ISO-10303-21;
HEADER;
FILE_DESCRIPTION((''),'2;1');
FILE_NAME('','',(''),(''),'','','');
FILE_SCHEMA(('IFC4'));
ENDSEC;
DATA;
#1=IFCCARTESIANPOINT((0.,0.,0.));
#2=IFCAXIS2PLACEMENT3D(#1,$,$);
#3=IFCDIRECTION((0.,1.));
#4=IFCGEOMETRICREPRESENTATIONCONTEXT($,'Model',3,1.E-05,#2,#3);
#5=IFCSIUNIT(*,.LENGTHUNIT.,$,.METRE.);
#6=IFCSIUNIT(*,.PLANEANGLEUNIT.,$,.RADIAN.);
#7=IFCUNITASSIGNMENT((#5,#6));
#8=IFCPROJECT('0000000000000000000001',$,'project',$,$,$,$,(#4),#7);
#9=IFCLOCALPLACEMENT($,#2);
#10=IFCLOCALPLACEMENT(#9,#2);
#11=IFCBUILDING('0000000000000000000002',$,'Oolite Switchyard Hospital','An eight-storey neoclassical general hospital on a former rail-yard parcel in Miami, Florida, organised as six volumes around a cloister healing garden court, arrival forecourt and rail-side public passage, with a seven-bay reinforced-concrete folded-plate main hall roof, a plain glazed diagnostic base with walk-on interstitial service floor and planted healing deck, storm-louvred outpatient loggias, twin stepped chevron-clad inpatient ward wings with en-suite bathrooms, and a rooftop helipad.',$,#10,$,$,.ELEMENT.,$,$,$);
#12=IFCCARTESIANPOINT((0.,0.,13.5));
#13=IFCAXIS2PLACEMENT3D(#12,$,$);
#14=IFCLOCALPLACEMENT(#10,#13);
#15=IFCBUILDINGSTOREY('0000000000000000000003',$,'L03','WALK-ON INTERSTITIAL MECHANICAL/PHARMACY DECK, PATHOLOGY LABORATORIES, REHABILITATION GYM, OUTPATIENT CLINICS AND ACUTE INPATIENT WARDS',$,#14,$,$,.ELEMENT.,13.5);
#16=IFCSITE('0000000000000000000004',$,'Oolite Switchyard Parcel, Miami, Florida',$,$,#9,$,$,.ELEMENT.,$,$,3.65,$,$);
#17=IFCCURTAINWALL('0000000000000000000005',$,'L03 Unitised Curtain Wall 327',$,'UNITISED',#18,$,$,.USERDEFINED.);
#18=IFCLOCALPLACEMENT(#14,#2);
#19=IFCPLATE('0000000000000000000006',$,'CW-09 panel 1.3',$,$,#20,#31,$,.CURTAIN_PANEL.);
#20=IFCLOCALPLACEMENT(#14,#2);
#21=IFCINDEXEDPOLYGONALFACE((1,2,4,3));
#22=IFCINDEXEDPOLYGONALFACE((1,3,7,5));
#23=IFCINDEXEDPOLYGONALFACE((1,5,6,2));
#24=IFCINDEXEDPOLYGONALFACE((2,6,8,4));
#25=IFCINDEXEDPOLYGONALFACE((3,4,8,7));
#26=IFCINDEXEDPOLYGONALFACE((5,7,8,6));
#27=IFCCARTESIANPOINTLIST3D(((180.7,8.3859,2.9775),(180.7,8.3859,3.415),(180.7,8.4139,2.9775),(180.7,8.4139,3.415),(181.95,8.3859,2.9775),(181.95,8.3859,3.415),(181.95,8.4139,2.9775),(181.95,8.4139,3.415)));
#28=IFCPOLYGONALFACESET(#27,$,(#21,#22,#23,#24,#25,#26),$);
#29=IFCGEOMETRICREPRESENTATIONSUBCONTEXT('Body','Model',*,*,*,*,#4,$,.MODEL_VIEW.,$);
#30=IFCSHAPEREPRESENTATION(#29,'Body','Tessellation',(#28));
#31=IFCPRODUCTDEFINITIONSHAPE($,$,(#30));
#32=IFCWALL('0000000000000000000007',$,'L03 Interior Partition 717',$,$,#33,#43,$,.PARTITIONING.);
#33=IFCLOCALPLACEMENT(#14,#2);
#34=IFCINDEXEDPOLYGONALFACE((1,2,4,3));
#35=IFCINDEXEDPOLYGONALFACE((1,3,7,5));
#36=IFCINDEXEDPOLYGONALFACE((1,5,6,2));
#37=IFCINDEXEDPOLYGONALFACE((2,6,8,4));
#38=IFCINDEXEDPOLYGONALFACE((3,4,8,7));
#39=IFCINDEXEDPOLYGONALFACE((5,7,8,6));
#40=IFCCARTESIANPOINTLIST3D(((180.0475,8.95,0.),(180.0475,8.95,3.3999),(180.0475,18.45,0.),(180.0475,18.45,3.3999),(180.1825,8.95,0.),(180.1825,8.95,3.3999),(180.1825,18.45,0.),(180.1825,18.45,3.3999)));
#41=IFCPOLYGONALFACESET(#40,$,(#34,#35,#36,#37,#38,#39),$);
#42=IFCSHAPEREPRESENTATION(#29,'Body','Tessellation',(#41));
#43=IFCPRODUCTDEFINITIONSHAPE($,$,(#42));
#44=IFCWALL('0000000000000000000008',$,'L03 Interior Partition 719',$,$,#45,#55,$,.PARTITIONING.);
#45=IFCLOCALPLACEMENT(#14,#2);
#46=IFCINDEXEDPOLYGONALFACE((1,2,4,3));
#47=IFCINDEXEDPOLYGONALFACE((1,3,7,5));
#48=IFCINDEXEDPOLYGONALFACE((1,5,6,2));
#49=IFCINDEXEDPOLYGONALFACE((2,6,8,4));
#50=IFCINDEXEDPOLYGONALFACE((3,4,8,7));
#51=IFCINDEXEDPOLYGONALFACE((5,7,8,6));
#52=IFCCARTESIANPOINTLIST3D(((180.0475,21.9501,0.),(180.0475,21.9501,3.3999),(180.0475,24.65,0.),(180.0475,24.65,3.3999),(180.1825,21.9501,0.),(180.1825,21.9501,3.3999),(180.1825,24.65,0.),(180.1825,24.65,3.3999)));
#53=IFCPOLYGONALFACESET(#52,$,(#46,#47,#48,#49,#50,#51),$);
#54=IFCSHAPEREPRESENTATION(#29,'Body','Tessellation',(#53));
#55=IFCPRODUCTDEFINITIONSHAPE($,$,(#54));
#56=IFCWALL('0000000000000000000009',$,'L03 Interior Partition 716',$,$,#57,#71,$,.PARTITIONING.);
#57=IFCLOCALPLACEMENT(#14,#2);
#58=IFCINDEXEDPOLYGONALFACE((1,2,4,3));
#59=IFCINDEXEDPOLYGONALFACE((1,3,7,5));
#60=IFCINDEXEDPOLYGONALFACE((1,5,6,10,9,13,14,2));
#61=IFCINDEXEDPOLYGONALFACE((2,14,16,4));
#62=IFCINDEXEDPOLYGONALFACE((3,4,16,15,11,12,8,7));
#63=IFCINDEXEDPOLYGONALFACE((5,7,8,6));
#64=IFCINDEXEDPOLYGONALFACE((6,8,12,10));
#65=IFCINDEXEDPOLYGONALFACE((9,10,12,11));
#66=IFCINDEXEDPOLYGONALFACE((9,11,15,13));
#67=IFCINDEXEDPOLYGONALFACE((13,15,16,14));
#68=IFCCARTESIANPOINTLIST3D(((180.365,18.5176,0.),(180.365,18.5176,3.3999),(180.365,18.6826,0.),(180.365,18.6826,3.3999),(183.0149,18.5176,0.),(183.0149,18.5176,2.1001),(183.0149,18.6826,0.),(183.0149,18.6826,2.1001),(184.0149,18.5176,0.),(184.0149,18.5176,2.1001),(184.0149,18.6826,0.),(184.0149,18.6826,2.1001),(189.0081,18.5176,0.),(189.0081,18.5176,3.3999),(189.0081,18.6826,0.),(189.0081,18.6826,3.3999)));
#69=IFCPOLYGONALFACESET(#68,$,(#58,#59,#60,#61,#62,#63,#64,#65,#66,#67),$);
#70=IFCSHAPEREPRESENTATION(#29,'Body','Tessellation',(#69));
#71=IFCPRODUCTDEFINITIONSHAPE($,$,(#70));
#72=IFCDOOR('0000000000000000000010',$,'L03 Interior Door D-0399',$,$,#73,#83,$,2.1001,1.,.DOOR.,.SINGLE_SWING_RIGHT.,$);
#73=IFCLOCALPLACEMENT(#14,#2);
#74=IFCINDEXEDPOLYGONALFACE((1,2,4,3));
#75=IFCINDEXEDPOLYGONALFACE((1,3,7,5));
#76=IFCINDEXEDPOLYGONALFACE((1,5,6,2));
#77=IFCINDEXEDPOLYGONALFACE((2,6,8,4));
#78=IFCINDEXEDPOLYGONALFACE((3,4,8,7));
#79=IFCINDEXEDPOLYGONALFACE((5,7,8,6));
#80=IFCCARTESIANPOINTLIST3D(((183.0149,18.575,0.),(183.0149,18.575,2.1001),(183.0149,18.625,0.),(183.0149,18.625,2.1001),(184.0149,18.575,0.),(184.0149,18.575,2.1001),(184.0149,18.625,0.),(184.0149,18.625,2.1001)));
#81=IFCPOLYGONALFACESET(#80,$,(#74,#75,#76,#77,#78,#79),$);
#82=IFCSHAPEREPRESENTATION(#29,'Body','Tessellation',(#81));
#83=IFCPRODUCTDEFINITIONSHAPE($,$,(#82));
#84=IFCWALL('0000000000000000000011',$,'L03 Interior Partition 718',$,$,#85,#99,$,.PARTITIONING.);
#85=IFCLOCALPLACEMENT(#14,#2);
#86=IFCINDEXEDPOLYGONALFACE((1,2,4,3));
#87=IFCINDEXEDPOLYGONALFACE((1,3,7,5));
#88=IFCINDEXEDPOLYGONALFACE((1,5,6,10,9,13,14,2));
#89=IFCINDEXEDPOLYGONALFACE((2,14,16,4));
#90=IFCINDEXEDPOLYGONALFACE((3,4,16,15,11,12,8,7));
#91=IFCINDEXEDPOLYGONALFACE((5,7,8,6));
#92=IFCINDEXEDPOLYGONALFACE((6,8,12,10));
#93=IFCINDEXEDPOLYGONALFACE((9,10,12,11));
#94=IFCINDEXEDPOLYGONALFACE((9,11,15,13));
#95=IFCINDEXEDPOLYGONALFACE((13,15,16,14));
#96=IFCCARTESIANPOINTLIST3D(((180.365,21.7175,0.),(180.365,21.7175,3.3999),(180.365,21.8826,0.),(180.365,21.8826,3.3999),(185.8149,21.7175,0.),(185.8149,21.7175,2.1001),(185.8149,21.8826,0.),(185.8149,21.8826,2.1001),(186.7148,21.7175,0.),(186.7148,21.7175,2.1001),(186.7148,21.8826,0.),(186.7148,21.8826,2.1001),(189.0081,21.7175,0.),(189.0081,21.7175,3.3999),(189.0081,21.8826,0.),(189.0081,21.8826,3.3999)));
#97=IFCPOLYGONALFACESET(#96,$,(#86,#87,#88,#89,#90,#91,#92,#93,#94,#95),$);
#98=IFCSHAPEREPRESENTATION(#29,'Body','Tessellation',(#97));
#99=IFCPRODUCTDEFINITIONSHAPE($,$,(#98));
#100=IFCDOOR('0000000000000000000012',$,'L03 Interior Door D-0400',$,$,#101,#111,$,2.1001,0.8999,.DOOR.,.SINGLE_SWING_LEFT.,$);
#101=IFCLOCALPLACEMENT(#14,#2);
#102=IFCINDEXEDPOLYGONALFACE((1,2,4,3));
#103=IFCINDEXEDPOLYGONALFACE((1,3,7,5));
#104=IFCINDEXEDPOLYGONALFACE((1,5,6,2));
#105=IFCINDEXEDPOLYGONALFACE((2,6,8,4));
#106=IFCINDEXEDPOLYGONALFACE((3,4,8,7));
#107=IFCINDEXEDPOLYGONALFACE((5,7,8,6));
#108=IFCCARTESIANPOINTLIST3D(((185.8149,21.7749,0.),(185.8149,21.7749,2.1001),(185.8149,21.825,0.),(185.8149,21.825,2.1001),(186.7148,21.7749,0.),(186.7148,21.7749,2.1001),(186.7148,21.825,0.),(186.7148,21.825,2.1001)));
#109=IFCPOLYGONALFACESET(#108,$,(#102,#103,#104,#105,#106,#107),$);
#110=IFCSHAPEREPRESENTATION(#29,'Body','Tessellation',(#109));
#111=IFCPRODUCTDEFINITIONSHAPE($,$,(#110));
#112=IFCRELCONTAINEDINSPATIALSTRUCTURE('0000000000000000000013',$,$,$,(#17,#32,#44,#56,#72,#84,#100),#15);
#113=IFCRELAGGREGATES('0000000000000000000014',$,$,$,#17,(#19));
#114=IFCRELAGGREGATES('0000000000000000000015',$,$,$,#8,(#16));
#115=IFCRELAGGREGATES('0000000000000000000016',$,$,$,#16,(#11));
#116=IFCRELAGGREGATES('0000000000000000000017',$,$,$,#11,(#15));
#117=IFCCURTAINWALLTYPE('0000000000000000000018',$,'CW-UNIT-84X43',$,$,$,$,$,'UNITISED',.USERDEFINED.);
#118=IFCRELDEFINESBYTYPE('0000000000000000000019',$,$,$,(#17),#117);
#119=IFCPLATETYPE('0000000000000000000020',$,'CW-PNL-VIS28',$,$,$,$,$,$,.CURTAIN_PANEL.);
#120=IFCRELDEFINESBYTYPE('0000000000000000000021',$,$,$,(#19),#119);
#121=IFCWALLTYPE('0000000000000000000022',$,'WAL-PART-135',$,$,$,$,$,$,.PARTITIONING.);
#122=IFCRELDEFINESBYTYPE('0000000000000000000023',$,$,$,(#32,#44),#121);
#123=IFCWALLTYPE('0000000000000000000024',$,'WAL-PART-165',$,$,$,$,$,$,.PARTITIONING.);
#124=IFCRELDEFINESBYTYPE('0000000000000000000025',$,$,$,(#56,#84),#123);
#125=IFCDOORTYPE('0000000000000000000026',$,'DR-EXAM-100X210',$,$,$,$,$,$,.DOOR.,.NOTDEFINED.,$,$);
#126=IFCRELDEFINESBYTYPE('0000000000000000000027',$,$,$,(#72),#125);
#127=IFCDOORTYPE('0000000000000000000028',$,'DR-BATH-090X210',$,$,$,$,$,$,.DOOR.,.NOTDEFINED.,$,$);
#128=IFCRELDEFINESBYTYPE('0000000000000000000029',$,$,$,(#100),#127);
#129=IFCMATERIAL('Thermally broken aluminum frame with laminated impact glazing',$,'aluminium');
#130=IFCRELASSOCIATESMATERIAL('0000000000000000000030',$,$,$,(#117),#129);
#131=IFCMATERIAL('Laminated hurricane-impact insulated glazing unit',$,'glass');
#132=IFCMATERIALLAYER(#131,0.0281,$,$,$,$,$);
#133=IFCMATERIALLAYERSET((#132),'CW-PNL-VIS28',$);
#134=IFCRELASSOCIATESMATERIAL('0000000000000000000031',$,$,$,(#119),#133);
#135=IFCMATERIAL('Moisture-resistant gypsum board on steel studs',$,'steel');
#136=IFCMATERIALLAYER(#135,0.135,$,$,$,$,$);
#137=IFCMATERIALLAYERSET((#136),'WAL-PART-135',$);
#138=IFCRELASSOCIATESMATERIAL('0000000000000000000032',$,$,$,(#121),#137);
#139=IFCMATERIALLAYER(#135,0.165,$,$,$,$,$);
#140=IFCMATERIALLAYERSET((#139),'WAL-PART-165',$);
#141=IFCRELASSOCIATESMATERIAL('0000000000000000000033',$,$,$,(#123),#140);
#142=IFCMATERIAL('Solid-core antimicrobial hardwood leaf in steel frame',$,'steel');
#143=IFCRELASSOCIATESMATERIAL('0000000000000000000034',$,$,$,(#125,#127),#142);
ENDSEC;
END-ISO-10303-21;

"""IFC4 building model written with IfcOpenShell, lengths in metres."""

from ifc_helpers import new_model, si_unit, direction, frame, frame_2d, origin, origin_2d, place, context, subcontext, project, spatial, rectangle, extrude, material, layer, layer_set, type_object, element, fill, aggregate, save


model = new_model("IFC4")

# Units and contexts
model_context = context("Model", 3, precision=1e-05, world=origin(), true_north=direction((0.0, 1.0)))
body_context = subcontext(model_context, "Body", "Model", "MODEL_VIEW")
ifc_project = project(units=[si_unit("LENGTHUNIT", "METRE"), si_unit("PLANEANGLEUNIT", "RADIAN")], contexts=[model_context])

# Site, building, storey
site_placement = place(None, origin())
site = spatial("IfcSite", under=ifc_project, at=site_placement, Name="Oolite Switchyard Parcel, Miami, Florida", CompositionType="ELEMENT", RefElevation=3.65)
building_placement = place(site_placement, origin())
building = spatial("IfcBuilding", under=site, at=building_placement, Name="Oolite Switchyard Hospital", Description="An eight-storey neoclassical general hospital on a former rail-yard parcel in Miami, Florida, organised as six volumes around a cloister healing garden court, arrival forecourt and rail-side public passage, with a seven-bay reinforced-concrete folded-plate main hall roof, a plain glazed diagnostic base with walk-on interstitial service floor and planted healing deck, storm-louvred outpatient loggias, twin stepped chevron-clad inpatient ward wings with en-suite bathrooms, and a rooftop helipad.", CompositionType="ELEMENT")
storey_placement = place(building_placement, frame((0.0, 0.0, 13.5)))
storey = spatial("IfcBuildingStorey", under=building, at=storey_placement, Name="L03", Description="WALK-ON INTERSTITIAL MECHANICAL/PHARMACY DECK, PATHOLOGY LABORATORIES, REHABILITATION GYM, OUTPATIENT CLINICS AND ACUTE INPATIENT WARDS", CompositionType="ELEMENT", Elevation=13.5)

# Curtain wall, plate
ifc_material_1 = material(Name="Thermally broken aluminum frame with laminated impact glazing", Category="aluminium")
curtain_wall_type = type_object("IfcCurtainWallType", Name="CW-UNIT-84X43", ElementType="UNITISED", PredefinedType="USERDEFINED", material=ifc_material_1)
curtain_wall_placement = place(storey_placement, origin())
curtain_wall = element("IfcCurtainWall", 1, at=curtain_wall_placement, inside=storey, type_object=curtain_wall_type, Name="L03 Unitised Curtain Wall 327", ObjectType="UNITISED", PredefinedType="USERDEFINED")
ifc_material_2 = material(Name="Laminated hurricane-impact insulated glazing unit", Category="glass")
ifc_layer_1 = layer(ifc_material_2, 0.0281)
ifc_layer_set_1 = layer_set([ifc_layer_1], Name="CW-PNL-VIS28")
plate_type = type_object("IfcPlateType", Name="CW-PNL-VIS28", PredefinedType="CURTAIN_PANEL", material=ifc_layer_set_1)
plate_1_placement = place(storey_placement, frame((181.325, 8.3999, 2.9775), z_axis=(0.0, 0.0, 1.0), x_axis=(-1.0, 0.0, 0.0)))
plate_1 = element("IfcPlate", 2, at=plate_1_placement, type_object=plate_type, Name="CW-09 panel 1.3", PredefinedType="CURTAIN_PANEL", context=body_context, shape_type="SweptSolid", body=[
    extrude(rectangle(XDim=1.25, YDim=0.0281, at=origin_2d()), origin(), (0.0, 0.0, 1.0), 0.4375),
])
aggregate(curtain_wall, [plate_1])

# Walls
ifc_material_3 = material(Name="Moisture-resistant gypsum board on steel studs", Category="steel")
ifc_layer_2 = layer(ifc_material_3, 0.135)
ifc_layer_set_2 = layer_set([ifc_layer_2], Name="WAL-PART-135")
wall_type_1 = type_object("IfcWallType", Name="WAL-PART-135", PredefinedType="PARTITIONING", material=ifc_layer_set_2)
wall_1_placement = place(storey_placement, frame((180.115, 8.95, 0.0), z_axis=(0.0, 0.0, 1.0), x_axis=(0.0, 1.0, 0.0)))
element("IfcWall", 3, at=wall_1_placement, inside=storey, type_object=wall_type_1, Name="L03 Interior Partition 717", PredefinedType="PARTITIONING", context=body_context, shape_type="SweptSolid", body=[
    extrude(rectangle(XDim=9.5, YDim=0.135, at=frame_2d((4.75, 0.0))), origin(), (0.0, 0.0, 1.0), 3.3999),
])
wall_2_placement = place(storey_placement, frame((180.115, 21.95, 0.0), z_axis=(0.0, 0.0, 1.0), x_axis=(0.0, 1.0, 0.0)))
element("IfcWall", 4, at=wall_2_placement, inside=storey, type_object=wall_type_1, Name="L03 Interior Partition 719", PredefinedType="PARTITIONING", context=body_context, shape_type="SweptSolid", body=[
    extrude(rectangle(XDim=2.7, YDim=0.135, at=frame_2d((1.3501, 0.0))), origin(), (0.0, 0.0, 1.0), 3.3999),
])

# Walls, openings, doors
ifc_layer_3 = layer(ifc_material_3, 0.165)
ifc_layer_set_3 = layer_set([ifc_layer_3], Name="WAL-PART-165")
wall_type_2 = type_object("IfcWallType", Name="WAL-PART-165", PredefinedType="PARTITIONING", material=ifc_layer_set_3)
wall_3_placement = place(storey_placement, frame((180.365, 18.6001, 0.0), z_axis=(0.0, 0.0, 1.0), x_axis=(1.0, 0.0, 0.0)))
wall_3 = element("IfcWall", 5, at=wall_3_placement, inside=storey, type_object=wall_type_2, Name="L03 Interior Partition 716", PredefinedType="PARTITIONING", context=body_context, shape_type="SweptSolid", body=[
    extrude(rectangle(XDim=8.6431, YDim=0.165, at=frame_2d((4.3215, 0.0))), origin(), (0.0, 0.0, 1.0), 3.3999),
])
opening_1_placement = place(wall_3_placement, frame((2.6499, 0.0, 0.0)))
opening_1 = element("IfcOpeningElement", 6, at=opening_1_placement, cuts=wall_3, PredefinedType="OPENING", context=body_context, shape_type="SweptSolid", body=[
    extrude(rectangle(XDim=1.0, YDim=2.1001, at=frame_2d((0.5, 1.05))), frame((0.0, 0.0925, 0.0), z_axis=(0.0, -1.0, 0.0), x_axis=(1.0, 0.0, 0.0)), (0.0, 0.0, 1.0), 0.1851),
])
ifc_material_4 = material(Name="Solid-core antimicrobial hardwood leaf in steel frame", Category="steel")
door_type_1 = type_object("IfcDoorType", Name="DR-EXAM-100X210", OperationType="NOTDEFINED", PredefinedType="DOOR", material=ifc_material_4)
door_1_placement = place(opening_1_placement, origin())
door_1 = element("IfcDoor", 7, at=door_1_placement, inside=storey, type_object=door_type_1, Name="L03 Interior Door D-0399", OperationType="SINGLE_SWING_RIGHT", OverallHeight=2.1001, OverallWidth=1.0, PredefinedType="DOOR", context=body_context, shape_type="SweptSolid", body=[
    extrude(rectangle(XDim=1.0, YDim=2.1001, at=frame_2d((0.5, 1.05))), frame((0.0, 0.0249, 0.0), z_axis=(0.0, -1.0, 0.0), x_axis=(1.0, 0.0, 0.0)), (0.0, 0.0, 1.0), 0.05),
])
fill(opening_1, door_1)
wall_4_placement = place(storey_placement, frame((180.365, 21.8, 0.0), z_axis=(0.0, 0.0, 1.0), x_axis=(1.0, 0.0, 0.0)))
wall_4 = element("IfcWall", 8, at=wall_4_placement, inside=storey, type_object=wall_type_2, Name="L03 Interior Partition 718", PredefinedType="PARTITIONING", context=body_context, shape_type="SweptSolid", body=[
    extrude(rectangle(XDim=8.6431, YDim=0.165, at=frame_2d((4.3215, 0.0))), origin(), (0.0, 0.0, 1.0), 3.3999),
])
opening_2_placement = place(wall_4_placement, frame((5.45, 0.0, 0.0)))
opening_2 = element("IfcOpeningElement", 9, at=opening_2_placement, cuts=wall_4, PredefinedType="OPENING", context=body_context, shape_type="SweptSolid", body=[
    extrude(rectangle(XDim=0.8999, YDim=2.1001, at=frame_2d((0.45, 1.05))), frame((0.0, 0.0925, 0.0), z_axis=(0.0, -1.0, 0.0), x_axis=(1.0, 0.0, 0.0)), (0.0, 0.0, 1.0), 0.1851),
])
door_type_2 = type_object("IfcDoorType", Name="DR-BATH-090X210", OperationType="NOTDEFINED", PredefinedType="DOOR", material=ifc_material_4)
door_2_placement = place(opening_2_placement, origin())
door_2 = element("IfcDoor", 10, at=door_2_placement, inside=storey, type_object=door_type_2, Name="L03 Interior Door D-0400", OperationType="SINGLE_SWING_LEFT", OverallHeight=2.1001, OverallWidth=0.8999, PredefinedType="DOOR", context=body_context, shape_type="SweptSolid", body=[
    extrude(rectangle(XDim=0.8999, YDim=2.1001, at=frame_2d((0.45, 1.05))), frame((0.0, 0.0249, 0.0), z_axis=(0.0, -1.0, 0.0), x_axis=(1.0, 0.0, 0.0)), (0.0, 0.0, 1.0), 0.05),
])
fill(opening_2, door_2)

save(model, "model.ifc")
